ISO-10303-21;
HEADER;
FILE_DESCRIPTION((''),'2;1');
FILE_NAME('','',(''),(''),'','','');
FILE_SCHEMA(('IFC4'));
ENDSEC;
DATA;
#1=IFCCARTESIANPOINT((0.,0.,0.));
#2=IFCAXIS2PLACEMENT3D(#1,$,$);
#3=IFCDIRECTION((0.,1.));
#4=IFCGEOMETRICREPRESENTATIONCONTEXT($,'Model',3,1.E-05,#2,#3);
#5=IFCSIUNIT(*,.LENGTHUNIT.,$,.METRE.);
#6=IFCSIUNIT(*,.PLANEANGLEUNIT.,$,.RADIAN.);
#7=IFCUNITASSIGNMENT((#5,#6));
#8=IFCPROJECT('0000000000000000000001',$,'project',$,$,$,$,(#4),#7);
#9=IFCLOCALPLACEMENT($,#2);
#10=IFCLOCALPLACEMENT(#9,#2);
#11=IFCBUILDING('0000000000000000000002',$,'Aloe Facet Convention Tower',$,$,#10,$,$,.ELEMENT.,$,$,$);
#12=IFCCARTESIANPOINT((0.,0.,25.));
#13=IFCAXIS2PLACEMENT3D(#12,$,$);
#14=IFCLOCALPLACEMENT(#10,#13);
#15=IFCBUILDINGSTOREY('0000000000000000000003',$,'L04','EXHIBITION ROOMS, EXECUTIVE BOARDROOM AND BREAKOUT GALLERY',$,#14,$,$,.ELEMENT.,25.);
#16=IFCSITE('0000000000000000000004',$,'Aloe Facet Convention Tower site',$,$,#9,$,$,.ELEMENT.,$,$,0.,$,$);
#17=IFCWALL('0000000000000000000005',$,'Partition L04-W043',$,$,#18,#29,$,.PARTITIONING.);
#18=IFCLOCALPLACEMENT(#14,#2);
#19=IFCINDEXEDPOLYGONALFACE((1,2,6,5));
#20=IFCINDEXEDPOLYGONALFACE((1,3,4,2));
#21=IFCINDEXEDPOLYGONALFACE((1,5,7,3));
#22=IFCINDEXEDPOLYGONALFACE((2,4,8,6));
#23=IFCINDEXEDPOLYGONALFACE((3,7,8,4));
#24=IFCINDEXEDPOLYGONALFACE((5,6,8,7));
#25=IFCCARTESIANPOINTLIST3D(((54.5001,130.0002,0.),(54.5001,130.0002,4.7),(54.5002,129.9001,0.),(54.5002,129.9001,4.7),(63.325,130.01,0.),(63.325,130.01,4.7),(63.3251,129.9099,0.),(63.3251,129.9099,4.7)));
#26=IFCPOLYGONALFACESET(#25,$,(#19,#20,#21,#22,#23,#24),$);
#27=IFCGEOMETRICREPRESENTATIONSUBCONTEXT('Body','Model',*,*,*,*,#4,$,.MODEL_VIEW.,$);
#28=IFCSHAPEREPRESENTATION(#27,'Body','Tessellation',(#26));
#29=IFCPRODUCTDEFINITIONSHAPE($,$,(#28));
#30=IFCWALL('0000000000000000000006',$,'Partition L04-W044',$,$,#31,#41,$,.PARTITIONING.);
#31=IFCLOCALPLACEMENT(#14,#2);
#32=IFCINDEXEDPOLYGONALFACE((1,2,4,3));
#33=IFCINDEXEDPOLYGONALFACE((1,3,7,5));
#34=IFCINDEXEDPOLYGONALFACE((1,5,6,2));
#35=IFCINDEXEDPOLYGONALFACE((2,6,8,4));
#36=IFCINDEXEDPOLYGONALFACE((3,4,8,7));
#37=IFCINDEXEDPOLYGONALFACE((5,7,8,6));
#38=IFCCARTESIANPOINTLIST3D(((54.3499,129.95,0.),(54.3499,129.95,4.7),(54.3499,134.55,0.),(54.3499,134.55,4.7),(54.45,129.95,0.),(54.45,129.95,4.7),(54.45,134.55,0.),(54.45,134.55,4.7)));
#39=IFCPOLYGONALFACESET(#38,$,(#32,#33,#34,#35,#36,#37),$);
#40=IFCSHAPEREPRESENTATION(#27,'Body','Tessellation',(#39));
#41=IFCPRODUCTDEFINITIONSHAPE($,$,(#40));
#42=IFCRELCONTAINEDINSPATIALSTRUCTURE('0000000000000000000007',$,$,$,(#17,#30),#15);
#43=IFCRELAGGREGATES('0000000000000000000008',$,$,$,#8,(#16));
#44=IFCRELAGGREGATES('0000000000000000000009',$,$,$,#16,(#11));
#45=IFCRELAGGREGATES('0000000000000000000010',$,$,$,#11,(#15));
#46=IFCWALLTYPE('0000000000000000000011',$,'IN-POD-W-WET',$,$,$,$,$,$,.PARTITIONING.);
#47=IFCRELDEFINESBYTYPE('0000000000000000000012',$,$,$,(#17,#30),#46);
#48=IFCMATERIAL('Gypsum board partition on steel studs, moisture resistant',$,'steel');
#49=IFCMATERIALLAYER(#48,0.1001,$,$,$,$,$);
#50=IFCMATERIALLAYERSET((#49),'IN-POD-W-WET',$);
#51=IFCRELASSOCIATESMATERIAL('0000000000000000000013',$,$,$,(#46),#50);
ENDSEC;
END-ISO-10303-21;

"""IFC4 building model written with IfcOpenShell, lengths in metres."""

from ifc_helpers import new_model, si_unit, direction, frame, frame_2d, origin, place, context, subcontext, project, spatial, rectangle, extrude, material, layer, layer_set, type_object, element, save


model = new_model("IFC4")

# Units and contexts
model_context = context("Model", 3, precision=1e-05, world=origin(), true_north=direction((0.0, 1.0)))
body_context = subcontext(model_context, "Body", "Model", "MODEL_VIEW")
ifc_project = project(units=[si_unit("LENGTHUNIT", "METRE"), si_unit("PLANEANGLEUNIT", "RADIAN")], contexts=[model_context])

# Site, building, storey
site_placement = place(None, origin())
site = spatial("IfcSite", under=ifc_project, at=site_placement, Name="Aloe Facet Convention Tower site", CompositionType="ELEMENT", RefElevation=0.0)
building_placement = place(site_placement, origin())
building = spatial("IfcBuilding", under=site, at=building_placement, Name="Aloe Facet Convention Tower", CompositionType="ELEMENT")
storey_placement = place(building_placement, frame((0.0, 0.0, 25.0)))
storey = spatial("IfcBuildingStorey", under=building, at=storey_placement, Name="L04", Description="EXHIBITION ROOMS, EXECUTIVE BOARDROOM AND BREAKOUT GALLERY", CompositionType="ELEMENT", Elevation=25.0)

# Walls
ifc_material_1 = material(Name="Gypsum board partition on steel studs, moisture resistant", Category="steel")
ifc_layer_1 = layer(ifc_material_1, 0.1001)
ifc_layer_set_1 = layer_set([ifc_layer_1], Name="IN-POD-W-WET")
wall_type_1 = type_object("IfcWallType", Name="IN-POD-W-WET", PredefinedType="PARTITIONING", material=ifc_layer_set_1)
wall_1_placement = place(storey_placement, frame((54.5, 129.9502, 0.0), z_axis=(0.0, 0.0, 1.0), x_axis=(0.999999, 0.001107, 0.0)))
element("IfcWall", 1, at=wall_1_placement, inside=storey, type_object=wall_type_1, Name="Partition L04-W043", PredefinedType="PARTITIONING", context=body_context, shape_type="SweptSolid", body=[
    extrude(rectangle(XDim=8.825, YDim=0.1001, at=frame_2d((4.4126, 0.0))), origin(), (0.0, 0.0, 1.0), 4.7),
])
wall_2_placement = place(storey_placement, frame((54.3999, 129.95, 0.0), z_axis=(0.0, 0.0, 1.0), x_axis=(0.0, 1.0, 0.0)))
element("IfcWall", 2, at=wall_2_placement, inside=storey, type_object=wall_type_1, Name="Partition L04-W044", PredefinedType="PARTITIONING", context=body_context, shape_type="SweptSolid", body=[
    extrude(rectangle(XDim=4.6001, YDim=0.1001, at=frame_2d((2.3, 0.0))), origin(), (0.0, 0.0, 1.0), 4.7),
])

save(model, "model.ifc")
